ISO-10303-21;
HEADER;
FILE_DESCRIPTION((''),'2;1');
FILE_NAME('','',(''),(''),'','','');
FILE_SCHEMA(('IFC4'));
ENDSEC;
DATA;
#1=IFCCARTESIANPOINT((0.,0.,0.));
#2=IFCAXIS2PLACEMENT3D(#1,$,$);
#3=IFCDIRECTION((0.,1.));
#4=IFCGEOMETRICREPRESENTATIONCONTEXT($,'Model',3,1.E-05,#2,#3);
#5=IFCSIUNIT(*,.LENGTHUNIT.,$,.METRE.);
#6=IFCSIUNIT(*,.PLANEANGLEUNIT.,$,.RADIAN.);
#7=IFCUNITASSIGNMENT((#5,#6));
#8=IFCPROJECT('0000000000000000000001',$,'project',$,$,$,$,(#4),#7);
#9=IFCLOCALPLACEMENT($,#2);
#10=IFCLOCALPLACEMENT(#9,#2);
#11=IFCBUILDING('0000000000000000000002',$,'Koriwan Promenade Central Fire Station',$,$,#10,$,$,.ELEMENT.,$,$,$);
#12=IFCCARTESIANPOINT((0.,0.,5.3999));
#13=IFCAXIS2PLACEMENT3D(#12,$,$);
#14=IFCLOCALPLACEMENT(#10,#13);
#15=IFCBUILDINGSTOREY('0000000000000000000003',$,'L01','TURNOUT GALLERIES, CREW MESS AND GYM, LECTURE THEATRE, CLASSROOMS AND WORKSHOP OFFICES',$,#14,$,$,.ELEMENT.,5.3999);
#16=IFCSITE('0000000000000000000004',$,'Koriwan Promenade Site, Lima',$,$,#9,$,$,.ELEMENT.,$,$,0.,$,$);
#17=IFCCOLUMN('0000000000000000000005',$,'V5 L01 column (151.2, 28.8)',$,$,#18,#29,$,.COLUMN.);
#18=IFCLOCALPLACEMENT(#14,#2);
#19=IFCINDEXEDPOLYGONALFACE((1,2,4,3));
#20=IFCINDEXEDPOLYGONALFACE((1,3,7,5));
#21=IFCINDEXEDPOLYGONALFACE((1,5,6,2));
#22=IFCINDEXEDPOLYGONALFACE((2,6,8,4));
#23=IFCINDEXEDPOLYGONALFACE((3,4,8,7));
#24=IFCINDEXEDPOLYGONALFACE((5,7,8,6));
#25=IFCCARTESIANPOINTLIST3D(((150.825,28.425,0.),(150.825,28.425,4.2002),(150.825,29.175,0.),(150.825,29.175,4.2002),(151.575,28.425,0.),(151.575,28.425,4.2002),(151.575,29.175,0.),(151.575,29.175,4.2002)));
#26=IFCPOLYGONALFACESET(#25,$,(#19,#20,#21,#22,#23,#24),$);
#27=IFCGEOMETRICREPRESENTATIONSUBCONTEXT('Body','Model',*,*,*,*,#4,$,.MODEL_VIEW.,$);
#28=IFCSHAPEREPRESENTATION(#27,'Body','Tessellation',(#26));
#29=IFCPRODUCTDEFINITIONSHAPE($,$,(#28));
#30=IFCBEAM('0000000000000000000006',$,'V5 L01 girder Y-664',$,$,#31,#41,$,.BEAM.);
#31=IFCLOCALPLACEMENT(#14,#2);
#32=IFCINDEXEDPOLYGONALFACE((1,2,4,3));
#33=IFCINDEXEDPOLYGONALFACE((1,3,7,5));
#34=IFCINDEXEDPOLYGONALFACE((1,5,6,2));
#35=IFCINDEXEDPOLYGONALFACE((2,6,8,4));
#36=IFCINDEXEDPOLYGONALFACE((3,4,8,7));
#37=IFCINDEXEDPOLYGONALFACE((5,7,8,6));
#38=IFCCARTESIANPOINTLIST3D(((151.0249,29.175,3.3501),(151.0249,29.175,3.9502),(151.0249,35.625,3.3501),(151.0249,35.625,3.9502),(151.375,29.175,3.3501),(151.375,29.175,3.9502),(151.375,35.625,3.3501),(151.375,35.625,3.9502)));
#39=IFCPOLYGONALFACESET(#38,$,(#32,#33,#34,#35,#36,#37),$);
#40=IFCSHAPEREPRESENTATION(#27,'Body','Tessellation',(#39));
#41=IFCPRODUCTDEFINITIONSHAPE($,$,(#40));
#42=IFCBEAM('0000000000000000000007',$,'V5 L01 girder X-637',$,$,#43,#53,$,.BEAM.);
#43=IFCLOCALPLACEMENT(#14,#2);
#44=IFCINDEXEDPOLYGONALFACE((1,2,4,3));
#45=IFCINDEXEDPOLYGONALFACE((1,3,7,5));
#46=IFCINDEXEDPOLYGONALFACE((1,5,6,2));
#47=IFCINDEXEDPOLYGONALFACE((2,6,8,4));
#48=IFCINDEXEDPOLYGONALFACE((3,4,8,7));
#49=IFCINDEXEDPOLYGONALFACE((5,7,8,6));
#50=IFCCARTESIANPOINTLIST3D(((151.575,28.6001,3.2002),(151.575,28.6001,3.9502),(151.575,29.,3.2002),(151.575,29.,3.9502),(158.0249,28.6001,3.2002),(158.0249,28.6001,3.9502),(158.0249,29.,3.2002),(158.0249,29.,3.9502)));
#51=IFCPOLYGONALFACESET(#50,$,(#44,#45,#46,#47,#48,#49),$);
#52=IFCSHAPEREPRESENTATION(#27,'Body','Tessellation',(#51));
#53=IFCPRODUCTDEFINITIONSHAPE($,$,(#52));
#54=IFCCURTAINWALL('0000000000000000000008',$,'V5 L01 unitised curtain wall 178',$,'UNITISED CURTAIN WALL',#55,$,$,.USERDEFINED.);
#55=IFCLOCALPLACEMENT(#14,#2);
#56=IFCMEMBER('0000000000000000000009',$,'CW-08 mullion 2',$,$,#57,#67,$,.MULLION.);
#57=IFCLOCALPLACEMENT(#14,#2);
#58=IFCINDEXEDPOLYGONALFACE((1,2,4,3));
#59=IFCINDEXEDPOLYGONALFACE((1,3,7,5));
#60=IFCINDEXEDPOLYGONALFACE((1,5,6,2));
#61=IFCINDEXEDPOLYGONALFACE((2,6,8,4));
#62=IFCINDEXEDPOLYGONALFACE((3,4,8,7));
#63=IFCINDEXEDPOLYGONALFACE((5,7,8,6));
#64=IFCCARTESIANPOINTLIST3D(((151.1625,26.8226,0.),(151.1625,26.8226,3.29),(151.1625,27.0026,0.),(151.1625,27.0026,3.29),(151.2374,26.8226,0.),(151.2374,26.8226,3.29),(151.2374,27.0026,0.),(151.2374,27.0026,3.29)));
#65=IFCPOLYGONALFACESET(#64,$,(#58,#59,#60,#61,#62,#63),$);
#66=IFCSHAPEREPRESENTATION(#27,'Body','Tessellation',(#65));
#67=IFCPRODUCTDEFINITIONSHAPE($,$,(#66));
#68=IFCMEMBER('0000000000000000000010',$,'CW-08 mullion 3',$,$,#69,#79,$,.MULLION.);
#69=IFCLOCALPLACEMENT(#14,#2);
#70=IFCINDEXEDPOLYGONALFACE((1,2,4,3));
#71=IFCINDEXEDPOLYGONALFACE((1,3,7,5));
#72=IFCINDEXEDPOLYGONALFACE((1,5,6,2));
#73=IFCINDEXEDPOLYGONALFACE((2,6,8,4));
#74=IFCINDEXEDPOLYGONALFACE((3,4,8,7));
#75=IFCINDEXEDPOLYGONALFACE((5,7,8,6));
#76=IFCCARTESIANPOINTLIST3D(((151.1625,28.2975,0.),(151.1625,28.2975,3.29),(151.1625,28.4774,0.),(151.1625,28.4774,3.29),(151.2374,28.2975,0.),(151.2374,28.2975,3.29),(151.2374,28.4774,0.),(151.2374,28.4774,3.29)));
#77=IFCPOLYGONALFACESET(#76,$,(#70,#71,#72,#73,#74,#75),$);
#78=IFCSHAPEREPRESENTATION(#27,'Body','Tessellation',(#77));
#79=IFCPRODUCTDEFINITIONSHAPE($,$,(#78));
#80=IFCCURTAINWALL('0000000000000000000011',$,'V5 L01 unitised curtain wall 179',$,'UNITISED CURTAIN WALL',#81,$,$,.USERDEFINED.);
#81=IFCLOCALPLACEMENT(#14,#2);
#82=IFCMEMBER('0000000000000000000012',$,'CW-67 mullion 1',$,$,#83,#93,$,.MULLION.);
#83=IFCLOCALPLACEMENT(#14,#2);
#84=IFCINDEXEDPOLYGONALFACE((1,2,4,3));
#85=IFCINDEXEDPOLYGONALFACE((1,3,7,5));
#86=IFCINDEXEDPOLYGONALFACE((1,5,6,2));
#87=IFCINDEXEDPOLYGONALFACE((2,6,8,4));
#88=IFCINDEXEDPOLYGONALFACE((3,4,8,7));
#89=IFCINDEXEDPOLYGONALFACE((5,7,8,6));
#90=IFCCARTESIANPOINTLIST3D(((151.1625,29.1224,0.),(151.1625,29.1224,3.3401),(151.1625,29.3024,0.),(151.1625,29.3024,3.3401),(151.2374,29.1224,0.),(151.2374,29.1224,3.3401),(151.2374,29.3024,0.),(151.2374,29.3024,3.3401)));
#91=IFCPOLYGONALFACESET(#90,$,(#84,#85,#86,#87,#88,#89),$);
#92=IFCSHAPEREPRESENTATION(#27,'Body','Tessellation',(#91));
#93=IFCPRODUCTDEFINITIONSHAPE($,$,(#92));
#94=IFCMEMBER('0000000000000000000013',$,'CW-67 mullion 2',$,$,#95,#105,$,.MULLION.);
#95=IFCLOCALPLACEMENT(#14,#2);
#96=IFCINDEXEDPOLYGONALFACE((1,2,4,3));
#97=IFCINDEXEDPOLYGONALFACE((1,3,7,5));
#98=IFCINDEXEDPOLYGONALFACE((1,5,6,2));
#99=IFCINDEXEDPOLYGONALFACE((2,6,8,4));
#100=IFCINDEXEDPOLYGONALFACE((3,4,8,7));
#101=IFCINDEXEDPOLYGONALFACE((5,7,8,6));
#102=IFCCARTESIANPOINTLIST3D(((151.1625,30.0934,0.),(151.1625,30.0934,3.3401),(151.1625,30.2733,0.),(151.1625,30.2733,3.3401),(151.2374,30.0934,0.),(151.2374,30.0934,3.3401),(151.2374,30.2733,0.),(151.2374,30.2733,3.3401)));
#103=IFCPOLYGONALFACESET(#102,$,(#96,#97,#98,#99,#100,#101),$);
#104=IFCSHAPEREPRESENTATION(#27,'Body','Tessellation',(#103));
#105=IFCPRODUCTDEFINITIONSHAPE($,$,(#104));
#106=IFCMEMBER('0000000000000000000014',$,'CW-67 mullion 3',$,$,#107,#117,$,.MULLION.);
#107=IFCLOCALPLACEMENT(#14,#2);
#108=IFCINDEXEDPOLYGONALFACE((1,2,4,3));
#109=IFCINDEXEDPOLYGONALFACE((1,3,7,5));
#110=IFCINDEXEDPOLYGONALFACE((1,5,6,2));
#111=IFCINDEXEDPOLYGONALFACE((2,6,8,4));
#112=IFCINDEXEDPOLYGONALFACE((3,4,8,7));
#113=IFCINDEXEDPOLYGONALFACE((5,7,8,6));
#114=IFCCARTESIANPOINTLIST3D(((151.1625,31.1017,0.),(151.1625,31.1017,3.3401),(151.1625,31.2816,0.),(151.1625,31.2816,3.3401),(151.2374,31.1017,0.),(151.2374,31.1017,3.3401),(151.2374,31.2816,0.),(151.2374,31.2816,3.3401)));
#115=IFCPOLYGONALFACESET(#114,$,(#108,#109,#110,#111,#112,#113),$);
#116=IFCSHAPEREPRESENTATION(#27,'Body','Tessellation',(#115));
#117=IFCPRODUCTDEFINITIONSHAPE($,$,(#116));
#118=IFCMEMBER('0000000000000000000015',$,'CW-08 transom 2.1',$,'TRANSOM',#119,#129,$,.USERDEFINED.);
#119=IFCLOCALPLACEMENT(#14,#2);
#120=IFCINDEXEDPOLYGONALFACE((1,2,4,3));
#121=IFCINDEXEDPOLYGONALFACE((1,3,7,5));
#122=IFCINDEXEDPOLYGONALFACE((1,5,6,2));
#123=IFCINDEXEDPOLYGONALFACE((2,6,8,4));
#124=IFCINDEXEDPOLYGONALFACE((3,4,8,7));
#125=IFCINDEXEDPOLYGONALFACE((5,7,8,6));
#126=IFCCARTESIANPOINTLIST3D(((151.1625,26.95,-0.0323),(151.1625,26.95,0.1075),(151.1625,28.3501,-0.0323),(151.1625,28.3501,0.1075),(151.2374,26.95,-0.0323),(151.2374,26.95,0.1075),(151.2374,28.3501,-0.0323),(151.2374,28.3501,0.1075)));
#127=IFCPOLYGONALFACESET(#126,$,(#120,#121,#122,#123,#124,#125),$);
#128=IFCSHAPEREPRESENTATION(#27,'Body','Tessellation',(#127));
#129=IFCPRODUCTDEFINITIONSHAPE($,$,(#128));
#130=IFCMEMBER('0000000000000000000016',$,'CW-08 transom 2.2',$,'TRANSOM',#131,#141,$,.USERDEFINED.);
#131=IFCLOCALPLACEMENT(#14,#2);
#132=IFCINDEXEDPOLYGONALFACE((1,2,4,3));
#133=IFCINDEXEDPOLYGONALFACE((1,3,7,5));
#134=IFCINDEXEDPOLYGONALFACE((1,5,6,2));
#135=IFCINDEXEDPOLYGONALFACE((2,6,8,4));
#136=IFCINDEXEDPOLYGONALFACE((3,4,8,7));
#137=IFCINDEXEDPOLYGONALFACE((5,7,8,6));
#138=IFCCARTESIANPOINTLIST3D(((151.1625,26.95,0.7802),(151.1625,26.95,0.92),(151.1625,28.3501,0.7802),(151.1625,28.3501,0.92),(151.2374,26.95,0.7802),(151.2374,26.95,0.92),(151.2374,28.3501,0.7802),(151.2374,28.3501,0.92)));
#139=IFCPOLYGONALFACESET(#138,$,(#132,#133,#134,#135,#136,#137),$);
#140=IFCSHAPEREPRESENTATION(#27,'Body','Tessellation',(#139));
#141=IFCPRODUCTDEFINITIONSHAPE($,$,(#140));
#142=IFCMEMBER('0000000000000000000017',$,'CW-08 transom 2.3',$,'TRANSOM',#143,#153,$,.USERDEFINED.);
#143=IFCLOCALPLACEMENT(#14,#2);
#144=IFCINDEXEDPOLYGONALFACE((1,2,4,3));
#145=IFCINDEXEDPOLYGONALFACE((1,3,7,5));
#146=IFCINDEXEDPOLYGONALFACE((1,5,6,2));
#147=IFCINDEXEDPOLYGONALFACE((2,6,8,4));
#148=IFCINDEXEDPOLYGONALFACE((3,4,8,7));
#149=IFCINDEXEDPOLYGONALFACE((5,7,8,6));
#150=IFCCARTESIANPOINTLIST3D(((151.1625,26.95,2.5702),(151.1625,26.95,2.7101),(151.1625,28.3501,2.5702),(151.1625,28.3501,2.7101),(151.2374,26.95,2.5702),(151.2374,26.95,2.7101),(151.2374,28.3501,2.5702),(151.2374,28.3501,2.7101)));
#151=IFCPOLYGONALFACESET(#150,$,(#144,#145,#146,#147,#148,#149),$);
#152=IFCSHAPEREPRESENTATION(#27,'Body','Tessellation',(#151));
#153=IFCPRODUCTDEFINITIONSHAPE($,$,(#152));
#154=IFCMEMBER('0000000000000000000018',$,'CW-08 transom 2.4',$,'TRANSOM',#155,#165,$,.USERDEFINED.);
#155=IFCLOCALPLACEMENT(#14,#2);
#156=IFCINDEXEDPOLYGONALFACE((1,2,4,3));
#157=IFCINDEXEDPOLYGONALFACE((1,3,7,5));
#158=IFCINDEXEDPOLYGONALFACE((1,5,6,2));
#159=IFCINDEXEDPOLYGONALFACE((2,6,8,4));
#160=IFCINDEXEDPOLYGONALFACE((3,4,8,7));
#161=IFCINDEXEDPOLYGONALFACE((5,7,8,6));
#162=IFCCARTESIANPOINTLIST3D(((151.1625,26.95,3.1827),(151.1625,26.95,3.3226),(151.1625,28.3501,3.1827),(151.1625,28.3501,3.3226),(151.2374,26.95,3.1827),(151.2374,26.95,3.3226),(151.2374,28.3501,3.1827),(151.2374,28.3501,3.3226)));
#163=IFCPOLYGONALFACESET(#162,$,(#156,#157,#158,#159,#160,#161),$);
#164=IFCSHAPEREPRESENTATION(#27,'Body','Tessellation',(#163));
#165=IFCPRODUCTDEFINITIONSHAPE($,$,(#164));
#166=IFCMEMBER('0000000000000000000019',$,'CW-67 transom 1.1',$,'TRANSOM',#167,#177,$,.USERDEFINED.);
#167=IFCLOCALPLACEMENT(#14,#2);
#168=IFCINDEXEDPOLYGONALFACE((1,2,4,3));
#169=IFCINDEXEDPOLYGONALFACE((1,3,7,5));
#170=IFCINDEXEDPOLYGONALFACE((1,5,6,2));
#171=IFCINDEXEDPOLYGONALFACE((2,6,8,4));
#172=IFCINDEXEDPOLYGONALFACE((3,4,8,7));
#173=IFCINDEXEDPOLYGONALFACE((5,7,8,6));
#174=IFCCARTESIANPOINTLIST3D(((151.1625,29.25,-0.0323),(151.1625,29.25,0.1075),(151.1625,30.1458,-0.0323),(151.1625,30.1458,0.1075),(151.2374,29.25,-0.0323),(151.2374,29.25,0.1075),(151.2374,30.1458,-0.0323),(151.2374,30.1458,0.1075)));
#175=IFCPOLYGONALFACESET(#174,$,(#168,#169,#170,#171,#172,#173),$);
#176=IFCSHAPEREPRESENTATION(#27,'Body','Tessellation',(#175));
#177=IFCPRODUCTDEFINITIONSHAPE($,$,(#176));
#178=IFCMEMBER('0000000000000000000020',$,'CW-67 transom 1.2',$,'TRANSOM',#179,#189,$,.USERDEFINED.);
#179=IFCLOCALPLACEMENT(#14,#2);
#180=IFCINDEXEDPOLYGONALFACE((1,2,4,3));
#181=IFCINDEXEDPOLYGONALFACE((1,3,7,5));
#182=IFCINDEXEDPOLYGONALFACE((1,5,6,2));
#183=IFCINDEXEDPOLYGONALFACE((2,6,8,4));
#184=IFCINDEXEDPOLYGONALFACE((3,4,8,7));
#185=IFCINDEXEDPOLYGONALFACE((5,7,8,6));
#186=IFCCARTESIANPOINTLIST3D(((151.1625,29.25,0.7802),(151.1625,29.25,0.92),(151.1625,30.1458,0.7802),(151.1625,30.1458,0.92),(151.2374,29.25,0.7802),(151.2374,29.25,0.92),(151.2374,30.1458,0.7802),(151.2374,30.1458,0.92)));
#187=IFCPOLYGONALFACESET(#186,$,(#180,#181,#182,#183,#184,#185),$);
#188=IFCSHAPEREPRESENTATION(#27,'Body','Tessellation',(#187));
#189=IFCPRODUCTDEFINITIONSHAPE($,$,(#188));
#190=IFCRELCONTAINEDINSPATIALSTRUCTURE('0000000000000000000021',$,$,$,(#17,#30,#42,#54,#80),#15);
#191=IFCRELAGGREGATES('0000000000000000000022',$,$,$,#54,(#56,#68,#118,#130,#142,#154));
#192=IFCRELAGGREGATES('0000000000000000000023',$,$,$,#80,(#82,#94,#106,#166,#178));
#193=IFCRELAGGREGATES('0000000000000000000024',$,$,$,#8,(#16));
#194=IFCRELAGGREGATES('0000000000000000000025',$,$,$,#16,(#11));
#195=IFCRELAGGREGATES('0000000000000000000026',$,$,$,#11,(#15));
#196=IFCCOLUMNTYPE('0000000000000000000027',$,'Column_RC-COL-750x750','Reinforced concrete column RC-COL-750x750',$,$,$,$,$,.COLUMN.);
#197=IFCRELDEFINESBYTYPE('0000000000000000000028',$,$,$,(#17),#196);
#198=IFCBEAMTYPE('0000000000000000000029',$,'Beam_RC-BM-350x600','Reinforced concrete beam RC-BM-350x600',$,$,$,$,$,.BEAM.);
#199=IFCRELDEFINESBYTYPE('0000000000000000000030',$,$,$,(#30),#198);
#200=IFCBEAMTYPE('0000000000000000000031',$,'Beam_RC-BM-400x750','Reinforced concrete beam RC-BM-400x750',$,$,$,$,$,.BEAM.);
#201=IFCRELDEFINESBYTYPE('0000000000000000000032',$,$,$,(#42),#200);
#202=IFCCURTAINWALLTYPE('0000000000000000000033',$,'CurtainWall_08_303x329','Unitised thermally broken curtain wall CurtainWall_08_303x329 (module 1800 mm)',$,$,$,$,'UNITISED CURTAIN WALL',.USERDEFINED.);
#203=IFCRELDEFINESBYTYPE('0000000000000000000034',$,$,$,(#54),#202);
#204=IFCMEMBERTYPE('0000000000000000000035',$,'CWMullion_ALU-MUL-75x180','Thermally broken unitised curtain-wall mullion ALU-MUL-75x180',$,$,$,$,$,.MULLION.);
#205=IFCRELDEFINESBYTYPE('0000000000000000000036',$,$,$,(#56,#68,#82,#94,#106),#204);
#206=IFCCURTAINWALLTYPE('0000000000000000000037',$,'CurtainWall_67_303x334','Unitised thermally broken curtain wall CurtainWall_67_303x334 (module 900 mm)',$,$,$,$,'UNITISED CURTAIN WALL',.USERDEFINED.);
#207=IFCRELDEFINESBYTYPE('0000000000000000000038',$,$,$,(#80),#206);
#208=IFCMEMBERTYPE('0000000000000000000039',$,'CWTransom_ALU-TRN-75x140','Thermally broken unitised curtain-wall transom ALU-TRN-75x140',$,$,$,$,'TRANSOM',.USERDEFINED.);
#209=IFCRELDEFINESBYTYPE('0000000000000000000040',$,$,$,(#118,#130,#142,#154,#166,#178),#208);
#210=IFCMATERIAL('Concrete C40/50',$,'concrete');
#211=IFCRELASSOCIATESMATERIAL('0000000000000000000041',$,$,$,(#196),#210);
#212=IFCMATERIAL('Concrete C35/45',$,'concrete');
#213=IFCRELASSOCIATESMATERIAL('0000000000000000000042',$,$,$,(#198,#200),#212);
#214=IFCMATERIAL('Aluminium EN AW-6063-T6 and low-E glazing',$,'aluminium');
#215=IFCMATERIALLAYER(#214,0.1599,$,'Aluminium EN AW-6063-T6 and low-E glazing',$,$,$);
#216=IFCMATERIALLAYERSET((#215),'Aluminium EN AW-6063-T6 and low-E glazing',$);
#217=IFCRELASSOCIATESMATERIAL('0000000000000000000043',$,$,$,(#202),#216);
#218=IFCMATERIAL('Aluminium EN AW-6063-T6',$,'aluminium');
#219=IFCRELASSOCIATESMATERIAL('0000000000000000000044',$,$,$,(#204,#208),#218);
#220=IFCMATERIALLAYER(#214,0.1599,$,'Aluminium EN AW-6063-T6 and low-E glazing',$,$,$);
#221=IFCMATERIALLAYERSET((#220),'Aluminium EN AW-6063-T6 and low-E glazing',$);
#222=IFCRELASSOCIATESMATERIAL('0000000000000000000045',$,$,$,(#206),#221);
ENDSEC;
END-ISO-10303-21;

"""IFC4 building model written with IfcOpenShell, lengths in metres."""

from ifc_helpers import new_model, si_unit, direction, frame, origin, origin_2d, place, context, subcontext, project, spatial, rectangle, extrude, material, layer, layer_set, material_profile, profile_set, type_object, element, aggregate, save


model = new_model("IFC4")

# Units and contexts
model_context = context("Model", 3, precision=1e-05, world=origin(), true_north=direction((0.0, 1.0)))
body_context = subcontext(model_context, "Body", "Model", "MODEL_VIEW")
ifc_project = project(units=[si_unit("LENGTHUNIT", "METRE"), si_unit("PLANEANGLEUNIT", "RADIAN")], contexts=[model_context])

# Site, building, storey
site_placement = place(None, origin())
site = spatial("IfcSite", under=ifc_project, at=site_placement, Name="Koriwan Promenade Site, Lima", CompositionType="ELEMENT", RefElevation=0.0)
building_placement = place(site_placement, origin())
building = spatial("IfcBuilding", under=site, at=building_placement, Name="Koriwan Promenade Central Fire Station", CompositionType="ELEMENT")
storey_placement = place(building_placement, frame((0.0, 0.0, 5.3999)))
storey = spatial("IfcBuildingStorey", under=building, at=storey_placement, Name="L01", Description="TURNOUT GALLERIES, CREW MESS AND GYM, LECTURE THEATRE, CLASSROOMS AND WORKSHOP OFFICES", CompositionType="ELEMENT", Elevation=5.3999)

# Column
ifc_material_1 = material(Name="Concrete C40/50", Category="concrete")
ifc_material_profile_1 = material_profile(ifc_material_1, rectangle(XDim=0.75, YDim=0.75, at=origin_2d()), Name="RC-COL-750x750")
ifc_profile_set_1 = profile_set([ifc_material_profile_1], Name="Concrete C40/50")
column_type = type_object("IfcColumnType", Name="Column_RC-COL-750x750", Description="Reinforced concrete column RC-COL-750x750", PredefinedType="COLUMN", material=ifc_profile_set_1)
column_placement = place(storey_placement, frame((151.2, 28.8, 0.0), z_axis=(0.0, 0.0, 1.0), x_axis=(1.0, 0.0, 0.0)))
element("IfcColumn", 1, at=column_placement, inside=storey, type_object=column_type, Name="V5 L01 column (151.2, 28.8)", PredefinedType="COLUMN", context=body_context, shape_type="SweptSolid", body=[
    extrude(rectangle(XDim=0.75, YDim=0.75, at=origin_2d()), origin(), (0.0, 0.0, 1.0), 4.2002),
])

# Beams
ifc_material_2 = material(Name="Concrete C35/45", Category="concrete")
ifc_material_profile_2 = material_profile(ifc_material_2, rectangle(XDim=0.3501, YDim=0.6001, at=origin_2d()), Name="RC-BM-350x600")
ifc_profile_set_2 = profile_set([ifc_material_profile_2], Name="Concrete C35/45")
beam_type_1 = type_object("IfcBeamType", Name="Beam_RC-BM-350x600", Description="Reinforced concrete beam RC-BM-350x600", PredefinedType="BEAM", material=ifc_profile_set_2)
beam_1_placement = place(storey_placement, frame((151.2, 29.175, 3.6501), z_axis=(0.0, 1.0, 0.0), x_axis=(-1.0, 0.0, 0.0)))
element("IfcBeam", 2, at=beam_1_placement, inside=storey, type_object=beam_type_1, Name="V5 L01 girder Y-664", PredefinedType="BEAM", context=body_context, shape_type="SweptSolid", body=[
    extrude(rectangle(XDim=0.3501, YDim=0.6001, at=origin_2d()), origin(), (0.0, 0.0, 1.0), 6.45),
])
ifc_material_profile_3 = material_profile(ifc_material_2, rectangle(XDim=0.3999, YDim=0.75, at=origin_2d()), Name="RC-BM-400x750")
ifc_profile_set_3 = profile_set([ifc_material_profile_3], Name="Concrete C35/45")
beam_type_2 = type_object("IfcBeamType", Name="Beam_RC-BM-400x750", Description="Reinforced concrete beam RC-BM-400x750", PredefinedType="BEAM", material=ifc_profile_set_3)
beam_2_placement = place(storey_placement, frame((151.575, 28.8, 3.5752), z_axis=(1.0, 0.0, 0.0), x_axis=(0.0, 1.0, 0.0)))
element("IfcBeam", 3, at=beam_2_placement, inside=storey, type_object=beam_type_2, Name="V5 L01 girder X-637", PredefinedType="BEAM", context=body_context, shape_type="SweptSolid", body=[
    extrude(rectangle(XDim=0.3999, YDim=0.75, at=origin_2d()), origin(), (0.0, 0.0, 1.0), 6.45),
])

# Curtain walls, members
ifc_material_3 = material(Name="Aluminium EN AW-6063-T6 and low-E glazing", Category="aluminium")
ifc_layer_1 = layer(ifc_material_3, 0.1599, Name="Aluminium EN AW-6063-T6 and low-E glazing")
ifc_layer_set_1 = layer_set([ifc_layer_1], Name="Aluminium EN AW-6063-T6 and low-E glazing")
curtain_wall_type_1 = type_object("IfcCurtainWallType", Name="CurtainWall_08_303x329", Description="Unitised thermally broken curtain wall CurtainWall_08_303x329 (module 1800 mm)", ElementType="UNITISED CURTAIN WALL", PredefinedType="USERDEFINED", material=ifc_layer_set_1)
curtain_wall_1_placement = place(storey_placement, origin())
curtain_wall_1 = element("IfcCurtainWall", 4, at=curtain_wall_1_placement, inside=storey, type_object=curtain_wall_type_1, Name="V5 L01 unitised curtain wall 178", ObjectType="UNITISED CURTAIN WALL", PredefinedType="USERDEFINED")
ifc_material_4 = material(Name="Aluminium EN AW-6063-T6", Category="aluminium")
ifc_material_profile_4 = material_profile(ifc_material_4, rectangle(XDim=0.075, YDim=0.1799, at=origin_2d()), Name="ALU-MUL-75x180")
ifc_profile_set_4 = profile_set([ifc_material_profile_4], Name="Aluminium EN AW-6063-T6")
member_type_1 = type_object("IfcMemberType", Name="CWMullion_ALU-MUL-75x180", Description="Thermally broken unitised curtain-wall mullion ALU-MUL-75x180", PredefinedType="MULLION", material=ifc_profile_set_4)
member_1_placement = place(storey_placement, frame((151.2, 26.9126, 0.0), z_axis=(0.0, 0.0, 1.0), x_axis=(-1.0, 0.0, 0.0)))
member_1 = element("IfcMember", 5, at=member_1_placement, type_object=member_type_1, Name="CW-08 mullion 2", PredefinedType="MULLION", context=body_context, shape_type="SweptSolid", body=[
    extrude(rectangle(XDim=0.075, YDim=0.1799, at=origin_2d()), origin(), (0.0, 0.0, 1.0), 3.29),
])
member_2_placement = place(storey_placement, frame((151.2, 28.3875, 0.0), z_axis=(0.0, 0.0, 1.0), x_axis=(-1.0, 0.0, 0.0)))
member_2 = element("IfcMember", 6, at=member_2_placement, type_object=member_type_1, Name="CW-08 mullion 3", PredefinedType="MULLION", context=body_context, shape_type="SweptSolid", body=[
    extrude(rectangle(XDim=0.075, YDim=0.1799, at=origin_2d()), origin(), (0.0, 0.0, 1.0), 3.29),
])
ifc_layer_2 = layer(ifc_material_3, 0.1599, Name="Aluminium EN AW-6063-T6 and low-E glazing")
ifc_layer_set_2 = layer_set([ifc_layer_2], Name="Aluminium EN AW-6063-T6 and low-E glazing")
curtain_wall_type_2 = type_object("IfcCurtainWallType", Name="CurtainWall_67_303x334", Description="Unitised thermally broken curtain wall CurtainWall_67_303x334 (module 900 mm)", ElementType="UNITISED CURTAIN WALL", PredefinedType="USERDEFINED", material=ifc_layer_set_2)
curtain_wall_2_placement = place(storey_placement, origin())
curtain_wall_2 = element("IfcCurtainWall", 7, at=curtain_wall_2_placement, inside=storey, type_object=curtain_wall_type_2, Name="V5 L01 unitised curtain wall 179", ObjectType="UNITISED CURTAIN WALL", PredefinedType="USERDEFINED")
member_3_placement = place(storey_placement, frame((151.2, 29.2124, 0.0), z_axis=(0.0, 0.0, 1.0), x_axis=(-1.0, 0.0, 0.0)))
member_3 = element("IfcMember", 8, at=member_3_placement, type_object=member_type_1, Name="CW-67 mullion 1", PredefinedType="MULLION", context=body_context, shape_type="SweptSolid", body=[
    extrude(rectangle(XDim=0.075, YDim=0.1799, at=origin_2d()), origin(), (0.0, 0.0, 1.0), 3.3401),
])
member_4_placement = place(storey_placement, frame((151.2, 30.1833, 0.0), z_axis=(0.0, 0.0, 1.0), x_axis=(-1.0, 0.0, 0.0)))
member_4 = element("IfcMember", 9, at=member_4_placement, type_object=member_type_1, Name="CW-67 mullion 2", PredefinedType="MULLION", context=body_context, shape_type="SweptSolid", body=[
    extrude(rectangle(XDim=0.075, YDim=0.1799, at=origin_2d()), origin(), (0.0, 0.0, 1.0), 3.3401),
])
member_5_placement = place(storey_placement, frame((151.2, 31.1917, 0.0), z_axis=(0.0, 0.0, 1.0), x_axis=(-1.0, 0.0, 0.0)))
member_5 = element("IfcMember", 10, at=member_5_placement, type_object=member_type_1, Name="CW-67 mullion 3", PredefinedType="MULLION", context=body_context, shape_type="SweptSolid", body=[
    extrude(rectangle(XDim=0.075, YDim=0.1799, at=origin_2d()), origin(), (0.0, 0.0, 1.0), 3.3401),
])

# Members
ifc_material_profile_5 = material_profile(ifc_material_4, rectangle(XDim=0.075, YDim=0.1399, at=origin_2d()), Name="ALU-TRN-75x140")
ifc_profile_set_5 = profile_set([ifc_material_profile_5], Name="Aluminium EN AW-6063-T6")
member_type_2 = type_object("IfcMemberType", Name="CWTransom_ALU-TRN-75x140", Description="Thermally broken unitised curtain-wall transom ALU-TRN-75x140", ElementType="TRANSOM", PredefinedType="USERDEFINED", material=ifc_profile_set_5)
member_6_placement = place(storey_placement, frame((151.2, 26.95, 0.0376), z_axis=(0.0, 1.0, 0.0), x_axis=(-1.0, 0.0, 0.0)))
member_6 = element("IfcMember", 11, at=member_6_placement, type_object=member_type_2, Name="CW-08 transom 2.1", ObjectType="TRANSOM", PredefinedType="USERDEFINED", context=body_context, shape_type="SweptSolid", body=[
    extrude(rectangle(XDim=0.075, YDim=0.1399, at=origin_2d()), origin(), (0.0, 0.0, 1.0), 1.4001),
])
member_7_placement = place(storey_placement, frame((151.2, 26.95, 0.8501), z_axis=(0.0, 1.0, 0.0), x_axis=(-1.0, 0.0, 0.0)))
member_7 = element("IfcMember", 12, at=member_7_placement, type_object=member_type_2, Name="CW-08 transom 2.2", ObjectType="TRANSOM", PredefinedType="USERDEFINED", context=body_context, shape_type="SweptSolid", body=[
    extrude(rectangle(XDim=0.075, YDim=0.1399, at=origin_2d()), origin(), (0.0, 0.0, 1.0), 1.4001),
])
member_8_placement = place(storey_placement, frame((151.2, 26.95, 2.6401), z_axis=(0.0, 1.0, 0.0), x_axis=(-1.0, 0.0, 0.0)))
member_8 = element("IfcMember", 13, at=member_8_placement, type_object=member_type_2, Name="CW-08 transom 2.3", ObjectType="TRANSOM", PredefinedType="USERDEFINED", context=body_context, shape_type="SweptSolid", body=[
    extrude(rectangle(XDim=0.075, YDim=0.1399, at=origin_2d()), origin(), (0.0, 0.0, 1.0), 1.4001),
])
member_9_placement = place(storey_placement, frame((151.2, 26.95, 3.2527), z_axis=(0.0, 1.0, 0.0), x_axis=(-1.0, 0.0, 0.0)))
member_9 = element("IfcMember", 14, at=member_9_placement, type_object=member_type_2, Name="CW-08 transom 2.4", ObjectType="TRANSOM", PredefinedType="USERDEFINED", context=body_context, shape_type="SweptSolid", body=[
    extrude(rectangle(XDim=0.075, YDim=0.1399, at=origin_2d()), origin(), (0.0, 0.0, 1.0), 1.4001),
])
member_10_placement = place(storey_placement, frame((151.2, 29.25, 0.0376), z_axis=(0.0, 1.0, 0.0), x_axis=(-1.0, 0.0, 0.0)))
member_10 = element("IfcMember", 15, at=member_10_placement, type_object=member_type_2, Name="CW-67 transom 1.1", ObjectType="TRANSOM", PredefinedType="USERDEFINED", context=body_context, shape_type="SweptSolid", body=[
    extrude(rectangle(XDim=0.075, YDim=0.1399, at=origin_2d()), origin(), (0.0, 0.0, 1.0), 0.8958),
])
member_11_placement = place(storey_placement, frame((151.2, 29.25, 0.8501), z_axis=(0.0, 1.0, 0.0), x_axis=(-1.0, 0.0, 0.0)))
member_11 = element("IfcMember", 16, at=member_11_placement, type_object=member_type_2, Name="CW-67 transom 1.2", ObjectType="TRANSOM", PredefinedType="USERDEFINED", context=body_context, shape_type="SweptSolid", body=[
    extrude(rectangle(XDim=0.075, YDim=0.1399, at=origin_2d()), origin(), (0.0, 0.0, 1.0), 0.8958),
])

aggregate(curtain_wall_1, [member_1, member_2, member_6, member_7, member_8, member_9])
aggregate(curtain_wall_2, [member_3, member_4, member_5, member_10, member_11])

save(model, "model.ifc")
